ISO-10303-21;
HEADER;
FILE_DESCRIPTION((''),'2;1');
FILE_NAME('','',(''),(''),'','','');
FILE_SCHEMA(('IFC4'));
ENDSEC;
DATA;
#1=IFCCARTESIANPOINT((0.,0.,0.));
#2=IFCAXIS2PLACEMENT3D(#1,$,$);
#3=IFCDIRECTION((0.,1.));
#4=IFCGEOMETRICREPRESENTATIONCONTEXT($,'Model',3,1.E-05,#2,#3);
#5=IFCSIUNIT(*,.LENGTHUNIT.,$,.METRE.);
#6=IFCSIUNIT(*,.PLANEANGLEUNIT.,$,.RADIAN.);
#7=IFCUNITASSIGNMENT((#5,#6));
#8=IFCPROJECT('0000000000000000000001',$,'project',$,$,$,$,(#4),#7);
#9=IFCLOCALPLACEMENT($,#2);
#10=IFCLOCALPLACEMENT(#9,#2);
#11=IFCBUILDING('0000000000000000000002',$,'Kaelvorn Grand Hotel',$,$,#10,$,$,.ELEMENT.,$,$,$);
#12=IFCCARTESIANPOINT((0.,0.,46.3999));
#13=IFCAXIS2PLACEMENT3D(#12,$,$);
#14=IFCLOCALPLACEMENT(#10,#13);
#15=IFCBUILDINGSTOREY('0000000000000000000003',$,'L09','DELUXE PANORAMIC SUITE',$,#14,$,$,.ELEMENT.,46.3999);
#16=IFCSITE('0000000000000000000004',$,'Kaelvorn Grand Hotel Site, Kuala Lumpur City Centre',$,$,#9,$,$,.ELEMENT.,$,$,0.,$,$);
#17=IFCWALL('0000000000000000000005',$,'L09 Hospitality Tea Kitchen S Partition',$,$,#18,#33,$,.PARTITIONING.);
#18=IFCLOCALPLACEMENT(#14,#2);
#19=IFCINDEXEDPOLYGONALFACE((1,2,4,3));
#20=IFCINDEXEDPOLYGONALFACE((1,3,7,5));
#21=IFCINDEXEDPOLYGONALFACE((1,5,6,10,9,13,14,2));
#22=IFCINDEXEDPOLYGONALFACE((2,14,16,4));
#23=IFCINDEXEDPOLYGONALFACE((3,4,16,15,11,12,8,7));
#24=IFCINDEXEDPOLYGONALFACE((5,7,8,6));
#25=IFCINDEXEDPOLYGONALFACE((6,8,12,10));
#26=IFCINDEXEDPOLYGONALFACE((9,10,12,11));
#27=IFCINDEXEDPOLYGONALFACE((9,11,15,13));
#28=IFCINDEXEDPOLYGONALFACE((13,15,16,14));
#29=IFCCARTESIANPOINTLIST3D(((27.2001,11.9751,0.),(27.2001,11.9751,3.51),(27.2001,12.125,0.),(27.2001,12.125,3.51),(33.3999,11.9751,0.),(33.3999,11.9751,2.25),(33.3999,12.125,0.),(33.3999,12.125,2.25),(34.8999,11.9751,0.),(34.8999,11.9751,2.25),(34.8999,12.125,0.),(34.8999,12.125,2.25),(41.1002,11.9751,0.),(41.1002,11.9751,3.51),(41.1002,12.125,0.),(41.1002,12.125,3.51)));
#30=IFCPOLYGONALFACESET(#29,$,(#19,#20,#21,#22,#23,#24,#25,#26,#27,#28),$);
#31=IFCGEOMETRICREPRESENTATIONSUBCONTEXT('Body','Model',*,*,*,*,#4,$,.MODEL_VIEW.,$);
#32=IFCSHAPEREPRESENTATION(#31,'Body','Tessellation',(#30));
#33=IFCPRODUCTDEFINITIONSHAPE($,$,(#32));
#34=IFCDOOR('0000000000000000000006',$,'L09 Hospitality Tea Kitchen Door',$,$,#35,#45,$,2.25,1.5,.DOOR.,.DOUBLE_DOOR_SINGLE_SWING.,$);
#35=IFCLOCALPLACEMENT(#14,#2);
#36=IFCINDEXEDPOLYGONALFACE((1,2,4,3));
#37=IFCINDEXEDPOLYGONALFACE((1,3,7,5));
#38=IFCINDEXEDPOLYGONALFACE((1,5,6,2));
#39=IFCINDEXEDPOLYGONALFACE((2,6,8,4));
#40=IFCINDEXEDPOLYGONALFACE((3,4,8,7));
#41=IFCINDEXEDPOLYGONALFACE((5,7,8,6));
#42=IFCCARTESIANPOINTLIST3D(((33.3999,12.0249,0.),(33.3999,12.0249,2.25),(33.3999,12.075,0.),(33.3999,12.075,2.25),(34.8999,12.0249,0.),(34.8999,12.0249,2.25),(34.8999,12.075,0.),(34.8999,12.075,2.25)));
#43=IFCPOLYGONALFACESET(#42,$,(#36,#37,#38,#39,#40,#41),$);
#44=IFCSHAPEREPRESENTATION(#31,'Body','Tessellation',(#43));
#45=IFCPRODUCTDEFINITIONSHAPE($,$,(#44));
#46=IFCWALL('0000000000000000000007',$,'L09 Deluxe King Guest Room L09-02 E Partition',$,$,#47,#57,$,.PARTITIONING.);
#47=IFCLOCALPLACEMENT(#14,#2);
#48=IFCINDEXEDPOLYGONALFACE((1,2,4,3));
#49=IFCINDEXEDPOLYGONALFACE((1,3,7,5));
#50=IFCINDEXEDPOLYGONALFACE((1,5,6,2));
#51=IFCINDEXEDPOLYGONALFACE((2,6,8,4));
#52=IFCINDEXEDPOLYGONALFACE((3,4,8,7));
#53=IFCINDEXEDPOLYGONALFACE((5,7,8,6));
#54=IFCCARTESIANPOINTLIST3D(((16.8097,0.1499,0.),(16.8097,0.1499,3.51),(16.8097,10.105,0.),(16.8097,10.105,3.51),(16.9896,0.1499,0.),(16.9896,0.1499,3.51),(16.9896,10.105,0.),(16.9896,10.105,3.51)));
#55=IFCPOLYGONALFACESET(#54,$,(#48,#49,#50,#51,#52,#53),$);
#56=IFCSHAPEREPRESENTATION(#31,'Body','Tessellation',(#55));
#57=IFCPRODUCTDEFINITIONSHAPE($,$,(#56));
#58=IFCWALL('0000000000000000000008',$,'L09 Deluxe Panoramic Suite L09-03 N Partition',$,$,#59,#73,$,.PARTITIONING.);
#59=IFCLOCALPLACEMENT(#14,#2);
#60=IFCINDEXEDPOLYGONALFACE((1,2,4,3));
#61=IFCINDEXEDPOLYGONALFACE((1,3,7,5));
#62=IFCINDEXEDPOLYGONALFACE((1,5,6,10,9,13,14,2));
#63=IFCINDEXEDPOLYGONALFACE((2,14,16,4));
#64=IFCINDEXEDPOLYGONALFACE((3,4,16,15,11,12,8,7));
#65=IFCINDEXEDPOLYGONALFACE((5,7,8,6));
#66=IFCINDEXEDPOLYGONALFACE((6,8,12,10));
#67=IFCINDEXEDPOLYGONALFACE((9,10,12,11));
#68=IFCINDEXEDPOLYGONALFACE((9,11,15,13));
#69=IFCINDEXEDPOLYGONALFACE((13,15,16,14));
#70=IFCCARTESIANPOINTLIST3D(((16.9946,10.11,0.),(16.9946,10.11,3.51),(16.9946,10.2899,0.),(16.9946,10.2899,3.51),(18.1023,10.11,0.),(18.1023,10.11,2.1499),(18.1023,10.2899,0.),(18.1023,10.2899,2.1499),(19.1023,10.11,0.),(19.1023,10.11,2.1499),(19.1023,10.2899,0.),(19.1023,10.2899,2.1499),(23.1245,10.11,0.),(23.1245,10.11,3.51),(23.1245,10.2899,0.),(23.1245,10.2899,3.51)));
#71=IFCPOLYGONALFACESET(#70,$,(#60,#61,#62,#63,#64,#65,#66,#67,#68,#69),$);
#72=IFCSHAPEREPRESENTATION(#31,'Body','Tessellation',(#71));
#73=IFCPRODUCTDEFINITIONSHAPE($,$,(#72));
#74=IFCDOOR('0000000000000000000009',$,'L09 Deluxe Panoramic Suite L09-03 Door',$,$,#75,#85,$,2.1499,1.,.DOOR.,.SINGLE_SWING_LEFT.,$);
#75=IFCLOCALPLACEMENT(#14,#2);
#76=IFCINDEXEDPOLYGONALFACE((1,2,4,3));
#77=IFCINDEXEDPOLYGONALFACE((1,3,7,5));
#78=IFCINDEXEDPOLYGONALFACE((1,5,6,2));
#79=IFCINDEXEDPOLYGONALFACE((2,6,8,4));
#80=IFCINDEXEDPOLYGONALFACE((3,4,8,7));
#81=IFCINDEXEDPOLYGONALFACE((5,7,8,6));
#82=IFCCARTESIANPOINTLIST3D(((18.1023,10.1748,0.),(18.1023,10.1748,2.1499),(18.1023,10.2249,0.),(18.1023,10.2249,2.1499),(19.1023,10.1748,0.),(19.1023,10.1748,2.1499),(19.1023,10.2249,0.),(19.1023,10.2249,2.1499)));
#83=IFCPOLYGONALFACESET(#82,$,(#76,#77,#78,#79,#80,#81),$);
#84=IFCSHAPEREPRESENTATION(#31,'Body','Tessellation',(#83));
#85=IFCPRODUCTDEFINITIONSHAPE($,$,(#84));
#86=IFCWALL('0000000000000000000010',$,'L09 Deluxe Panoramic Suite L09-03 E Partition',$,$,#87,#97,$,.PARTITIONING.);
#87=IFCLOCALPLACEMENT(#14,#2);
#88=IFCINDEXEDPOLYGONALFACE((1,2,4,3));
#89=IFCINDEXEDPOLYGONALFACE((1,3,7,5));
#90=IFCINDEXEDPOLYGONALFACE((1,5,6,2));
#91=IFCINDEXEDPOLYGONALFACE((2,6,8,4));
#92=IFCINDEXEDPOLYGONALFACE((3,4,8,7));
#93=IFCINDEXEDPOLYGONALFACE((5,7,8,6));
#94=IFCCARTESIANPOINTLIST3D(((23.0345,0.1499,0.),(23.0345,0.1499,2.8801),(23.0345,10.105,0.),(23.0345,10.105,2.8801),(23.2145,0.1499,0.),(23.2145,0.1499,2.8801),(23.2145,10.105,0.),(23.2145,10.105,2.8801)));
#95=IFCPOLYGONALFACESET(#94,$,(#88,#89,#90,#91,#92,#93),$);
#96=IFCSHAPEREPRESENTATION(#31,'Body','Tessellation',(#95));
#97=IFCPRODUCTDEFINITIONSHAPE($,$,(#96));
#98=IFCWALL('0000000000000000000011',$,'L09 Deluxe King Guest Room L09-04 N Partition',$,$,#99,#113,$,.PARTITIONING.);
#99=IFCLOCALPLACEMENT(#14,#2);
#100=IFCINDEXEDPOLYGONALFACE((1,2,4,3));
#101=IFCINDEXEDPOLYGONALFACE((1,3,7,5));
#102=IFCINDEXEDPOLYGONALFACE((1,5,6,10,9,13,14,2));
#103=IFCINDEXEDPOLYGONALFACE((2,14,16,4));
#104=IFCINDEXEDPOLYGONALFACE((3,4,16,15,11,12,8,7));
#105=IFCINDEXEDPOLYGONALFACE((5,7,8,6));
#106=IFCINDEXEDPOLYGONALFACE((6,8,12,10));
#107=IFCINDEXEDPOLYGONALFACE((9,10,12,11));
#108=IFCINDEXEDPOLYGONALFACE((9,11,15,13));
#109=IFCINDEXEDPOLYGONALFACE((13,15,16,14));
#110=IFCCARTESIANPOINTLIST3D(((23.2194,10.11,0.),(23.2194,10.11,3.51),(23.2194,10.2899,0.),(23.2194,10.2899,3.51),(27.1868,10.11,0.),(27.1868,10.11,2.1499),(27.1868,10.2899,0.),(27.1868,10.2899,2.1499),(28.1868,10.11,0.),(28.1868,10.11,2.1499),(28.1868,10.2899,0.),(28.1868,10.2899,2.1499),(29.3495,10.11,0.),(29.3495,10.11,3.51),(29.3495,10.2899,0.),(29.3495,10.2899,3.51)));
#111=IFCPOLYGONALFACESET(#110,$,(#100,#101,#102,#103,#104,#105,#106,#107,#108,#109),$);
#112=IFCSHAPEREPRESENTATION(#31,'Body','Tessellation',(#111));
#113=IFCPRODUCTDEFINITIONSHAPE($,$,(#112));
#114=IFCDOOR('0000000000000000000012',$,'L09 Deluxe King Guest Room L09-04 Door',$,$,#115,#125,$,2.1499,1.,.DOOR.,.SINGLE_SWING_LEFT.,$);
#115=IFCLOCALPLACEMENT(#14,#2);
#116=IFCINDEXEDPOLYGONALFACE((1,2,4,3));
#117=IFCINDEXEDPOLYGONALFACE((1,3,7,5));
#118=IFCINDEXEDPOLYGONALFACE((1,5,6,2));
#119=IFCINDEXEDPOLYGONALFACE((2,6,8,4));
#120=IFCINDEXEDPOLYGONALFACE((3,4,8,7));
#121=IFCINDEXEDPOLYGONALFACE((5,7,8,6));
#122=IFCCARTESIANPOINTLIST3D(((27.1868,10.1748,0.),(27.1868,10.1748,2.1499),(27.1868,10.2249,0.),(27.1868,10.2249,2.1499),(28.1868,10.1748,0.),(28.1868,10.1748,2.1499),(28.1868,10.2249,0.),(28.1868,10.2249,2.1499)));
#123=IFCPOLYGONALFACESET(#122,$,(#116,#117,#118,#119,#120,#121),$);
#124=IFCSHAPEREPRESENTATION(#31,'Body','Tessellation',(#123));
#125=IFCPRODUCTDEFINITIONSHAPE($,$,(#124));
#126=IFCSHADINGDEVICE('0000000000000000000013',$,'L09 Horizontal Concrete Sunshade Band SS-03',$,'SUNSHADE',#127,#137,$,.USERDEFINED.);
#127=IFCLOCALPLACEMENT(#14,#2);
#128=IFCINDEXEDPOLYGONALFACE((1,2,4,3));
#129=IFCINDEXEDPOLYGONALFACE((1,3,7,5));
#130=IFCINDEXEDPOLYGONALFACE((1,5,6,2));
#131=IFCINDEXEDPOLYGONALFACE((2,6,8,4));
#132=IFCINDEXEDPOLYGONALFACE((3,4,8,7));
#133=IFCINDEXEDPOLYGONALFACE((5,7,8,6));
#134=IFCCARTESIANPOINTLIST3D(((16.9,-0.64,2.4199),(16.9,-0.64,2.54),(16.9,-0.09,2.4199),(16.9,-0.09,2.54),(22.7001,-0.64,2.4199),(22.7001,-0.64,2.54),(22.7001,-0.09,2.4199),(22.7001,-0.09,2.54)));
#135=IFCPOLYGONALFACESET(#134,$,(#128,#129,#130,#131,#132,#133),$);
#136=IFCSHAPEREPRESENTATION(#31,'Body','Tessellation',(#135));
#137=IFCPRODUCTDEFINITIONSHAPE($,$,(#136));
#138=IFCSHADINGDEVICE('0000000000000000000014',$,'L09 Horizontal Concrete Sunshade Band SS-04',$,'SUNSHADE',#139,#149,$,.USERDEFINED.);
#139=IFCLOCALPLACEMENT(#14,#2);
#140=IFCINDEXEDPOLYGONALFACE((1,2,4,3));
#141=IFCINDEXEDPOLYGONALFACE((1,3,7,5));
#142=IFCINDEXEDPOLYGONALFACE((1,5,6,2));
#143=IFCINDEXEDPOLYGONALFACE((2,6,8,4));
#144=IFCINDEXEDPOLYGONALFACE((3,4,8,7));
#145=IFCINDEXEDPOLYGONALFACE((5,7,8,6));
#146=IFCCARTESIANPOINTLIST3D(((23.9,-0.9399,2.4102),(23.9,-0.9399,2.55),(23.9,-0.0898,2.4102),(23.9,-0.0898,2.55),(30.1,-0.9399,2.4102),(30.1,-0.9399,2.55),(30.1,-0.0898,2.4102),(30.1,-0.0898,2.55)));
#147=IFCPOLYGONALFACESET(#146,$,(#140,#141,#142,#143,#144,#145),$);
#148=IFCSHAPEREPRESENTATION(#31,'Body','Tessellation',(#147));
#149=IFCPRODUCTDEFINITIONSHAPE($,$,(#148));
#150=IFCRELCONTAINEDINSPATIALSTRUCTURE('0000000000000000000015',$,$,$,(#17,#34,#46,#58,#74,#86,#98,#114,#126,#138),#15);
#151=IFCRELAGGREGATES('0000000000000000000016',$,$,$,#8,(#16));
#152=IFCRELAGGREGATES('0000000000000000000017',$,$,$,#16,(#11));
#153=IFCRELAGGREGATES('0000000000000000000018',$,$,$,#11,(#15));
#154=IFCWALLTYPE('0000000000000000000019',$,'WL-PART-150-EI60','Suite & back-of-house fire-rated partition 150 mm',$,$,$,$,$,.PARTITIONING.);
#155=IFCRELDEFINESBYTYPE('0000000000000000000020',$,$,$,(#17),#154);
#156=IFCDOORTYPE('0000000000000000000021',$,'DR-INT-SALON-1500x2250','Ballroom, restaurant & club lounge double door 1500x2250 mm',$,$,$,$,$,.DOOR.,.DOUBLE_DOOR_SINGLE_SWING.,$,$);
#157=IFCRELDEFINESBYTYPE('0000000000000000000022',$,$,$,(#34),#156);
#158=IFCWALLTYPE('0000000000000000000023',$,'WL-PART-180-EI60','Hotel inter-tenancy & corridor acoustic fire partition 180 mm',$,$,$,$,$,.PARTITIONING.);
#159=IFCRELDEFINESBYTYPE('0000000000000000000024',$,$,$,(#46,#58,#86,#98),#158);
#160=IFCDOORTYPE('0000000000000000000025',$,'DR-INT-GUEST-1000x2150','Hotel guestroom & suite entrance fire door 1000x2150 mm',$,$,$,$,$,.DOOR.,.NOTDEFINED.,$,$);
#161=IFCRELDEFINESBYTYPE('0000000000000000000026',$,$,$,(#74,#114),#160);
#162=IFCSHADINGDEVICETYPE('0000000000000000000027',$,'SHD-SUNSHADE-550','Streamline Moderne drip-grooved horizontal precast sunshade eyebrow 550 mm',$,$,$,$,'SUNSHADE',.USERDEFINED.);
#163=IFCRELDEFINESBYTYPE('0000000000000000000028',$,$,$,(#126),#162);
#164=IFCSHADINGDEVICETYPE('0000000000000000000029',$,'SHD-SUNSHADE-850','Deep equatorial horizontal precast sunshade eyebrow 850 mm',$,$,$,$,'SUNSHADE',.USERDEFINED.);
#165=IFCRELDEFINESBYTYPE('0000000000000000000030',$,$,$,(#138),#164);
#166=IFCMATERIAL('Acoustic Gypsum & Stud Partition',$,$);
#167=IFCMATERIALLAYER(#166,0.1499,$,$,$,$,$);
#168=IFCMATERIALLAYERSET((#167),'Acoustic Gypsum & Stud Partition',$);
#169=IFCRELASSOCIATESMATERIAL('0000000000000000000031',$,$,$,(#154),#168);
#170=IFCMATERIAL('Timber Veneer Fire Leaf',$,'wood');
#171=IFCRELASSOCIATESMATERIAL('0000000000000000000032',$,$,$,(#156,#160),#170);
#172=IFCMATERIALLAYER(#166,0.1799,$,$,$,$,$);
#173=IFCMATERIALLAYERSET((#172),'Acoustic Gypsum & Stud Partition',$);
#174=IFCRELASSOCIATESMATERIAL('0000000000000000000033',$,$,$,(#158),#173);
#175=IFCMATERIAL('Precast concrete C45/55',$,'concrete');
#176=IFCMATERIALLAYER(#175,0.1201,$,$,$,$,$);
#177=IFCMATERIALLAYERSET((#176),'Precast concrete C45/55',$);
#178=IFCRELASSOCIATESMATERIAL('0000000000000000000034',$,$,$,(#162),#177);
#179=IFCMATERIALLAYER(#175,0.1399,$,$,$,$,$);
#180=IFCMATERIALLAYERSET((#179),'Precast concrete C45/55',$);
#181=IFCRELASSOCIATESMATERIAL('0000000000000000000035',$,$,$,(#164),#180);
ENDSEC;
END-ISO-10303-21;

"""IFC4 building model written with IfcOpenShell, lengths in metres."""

from ifc_helpers import new_model, si_unit, direction, frame, frame_2d, origin, origin_2d, place, context, subcontext, project, spatial, rectangle, extrude, material, layer, layer_set, type_object, element, fill, save


model = new_model("IFC4")

# Units and contexts
model_context = context("Model", 3, precision=1e-05, world=origin(), true_north=direction((0.0, 1.0)))
body_context = subcontext(model_context, "Body", "Model", "MODEL_VIEW")
ifc_project = project(units=[si_unit("LENGTHUNIT", "METRE"), si_unit("PLANEANGLEUNIT", "RADIAN")], contexts=[model_context])

# Site, building, storey
site_placement = place(None, origin())
site = spatial("IfcSite", under=ifc_project, at=site_placement, Name="Kaelvorn Grand Hotel Site, Kuala Lumpur City Centre", CompositionType="ELEMENT", RefElevation=0.0)
building_placement = place(site_placement, origin())
building = spatial("IfcBuilding", under=site, at=building_placement, Name="Kaelvorn Grand Hotel", CompositionType="ELEMENT")
storey_placement = place(building_placement, frame((0.0, 0.0, 46.3999)))
storey = spatial("IfcBuildingStorey", under=building, at=storey_placement, Name="L09", Description="DELUXE PANORAMIC SUITE", CompositionType="ELEMENT", Elevation=46.3999)

# Shared definitions
ifc_material_1 = material(Name="Acoustic Gypsum & Stud Partition")
ifc_layer_1 = layer(ifc_material_1, 0.1499)
ifc_layer_set_1 = layer_set([ifc_layer_1], Name="Acoustic Gypsum & Stud Partition")
wall_type_1 = type_object("IfcWallType", Name="WL-PART-150-EI60", Description="Suite & back-of-house fire-rated partition 150 mm", PredefinedType="PARTITIONING", material=ifc_layer_set_1)

# Wall, opening, door
wall_1_placement = place(storey_placement, frame((27.2, 12.05, 0.0), z_axis=(0.0, 0.0, 1.0), x_axis=(1.0, 0.0, 0.0)))
wall_1 = element("IfcWall", 1, at=wall_1_placement, inside=storey, type_object=wall_type_1, Name="L09 Hospitality Tea Kitchen S Partition", PredefinedType="PARTITIONING", context=body_context, shape_type="SweptSolid", body=[
    extrude(rectangle(XDim=13.9001, YDim=0.1499, at=frame_2d((6.9502, 0.0))), origin(), (0.0, 0.0, 1.0), 3.51),
])
opening_1_placement = place(wall_1_placement, frame((6.2, 0.0, 0.0)))
opening_1 = element("IfcOpeningElement", 2, at=opening_1_placement, cuts=wall_1, PredefinedType="OPENING", context=body_context, shape_type="SweptSolid", body=[
    extrude(rectangle(XDim=1.5, YDim=2.25, at=frame_2d((0.75, 1.125))), frame((0.0, 0.085, 0.0), z_axis=(0.0, -1.0, 0.0), x_axis=(1.0, 0.0, 0.0)), (0.0, 0.0, 1.0), 0.1699),
])
ifc_material_2 = material(Name="Timber Veneer Fire Leaf", Category="wood")
door_type_1 = type_object("IfcDoorType", Name="DR-INT-SALON-1500x2250", Description="Ballroom, restaurant & club lounge double door 1500x2250 mm", OperationType="DOUBLE_DOOR_SINGLE_SWING", PredefinedType="DOOR", material=ifc_material_2)
door_1_placement = place(opening_1_placement, origin())
door_1 = element("IfcDoor", 3, at=door_1_placement, inside=storey, type_object=door_type_1, Name="L09 Hospitality Tea Kitchen Door", OperationType="DOUBLE_DOOR_SINGLE_SWING", OverallHeight=2.25, OverallWidth=1.5, PredefinedType="DOOR", context=body_context, shape_type="SweptSolid", body=[
    extrude(rectangle(XDim=1.5, YDim=2.25, at=frame_2d((0.75, 1.125))), frame((0.0, 0.0249, 0.0), z_axis=(0.0, -1.0, 0.0), x_axis=(1.0, 0.0, 0.0)), (0.0, 0.0, 1.0), 0.05),
])
fill(opening_1, door_1)

# Wall
ifc_layer_2 = layer(ifc_material_1, 0.1799)
ifc_layer_set_2 = layer_set([ifc_layer_2], Name="Acoustic Gypsum & Stud Partition")
wall_type_2 = type_object("IfcWallType", Name="WL-PART-180-EI60", Description="Hotel inter-tenancy & corridor acoustic fire partition 180 mm", PredefinedType="PARTITIONING", material=ifc_layer_set_2)
wall_2_placement = place(storey_placement, frame((16.8997, 0.1499, 0.0), z_axis=(0.0, 0.0, 1.0), x_axis=(0.0, 1.0, 0.0)))
element("IfcWall", 4, at=wall_2_placement, inside=storey, type_object=wall_type_2, Name="L09 Deluxe King Guest Room L09-02 E Partition", PredefinedType="PARTITIONING", context=body_context, shape_type="SweptSolid", body=[
    extrude(rectangle(XDim=9.9551, YDim=0.1799, at=frame_2d((4.9775, 0.0))), origin(), (0.0, 0.0, 1.0), 3.51),
])

# Wall, opening, door
wall_3_placement = place(storey_placement, frame((16.9946, 10.2, 0.0), z_axis=(0.0, 0.0, 1.0), x_axis=(1.0, 0.0, 0.0)))
wall_3 = element("IfcWall", 5, at=wall_3_placement, inside=storey, type_object=wall_type_2, Name="L09 Deluxe Panoramic Suite L09-03 N Partition", PredefinedType="PARTITIONING", context=body_context, shape_type="SweptSolid", body=[
    extrude(rectangle(XDim=6.1299, YDim=0.1799, at=frame_2d((3.0649, 0.0))), origin(), (0.0, 0.0, 1.0), 3.51),
])
opening_2_placement = place(wall_3_placement, frame((1.1077, 0.0, 0.0)))
opening_2 = element("IfcOpeningElement", 6, at=opening_2_placement, cuts=wall_3, PredefinedType="OPENING", context=body_context, shape_type="SweptSolid", body=[
    extrude(rectangle(XDim=1.0, YDim=2.1499, at=frame_2d((0.5, 1.075))), frame((0.0, 0.1001, 0.0), z_axis=(0.0, -1.0, 0.0), x_axis=(1.0, 0.0, 0.0)), (0.0, 0.0, 1.0), 0.2),
])
door_type_2 = type_object("IfcDoorType", Name="DR-INT-GUEST-1000x2150", Description="Hotel guestroom & suite entrance fire door 1000x2150 mm", OperationType="NOTDEFINED", PredefinedType="DOOR", material=ifc_material_2)
door_2_placement = place(opening_2_placement, origin())
door_2 = element("IfcDoor", 7, at=door_2_placement, inside=storey, type_object=door_type_2, Name="L09 Deluxe Panoramic Suite L09-03 Door", OperationType="SINGLE_SWING_LEFT", OverallHeight=2.1499, OverallWidth=1.0, PredefinedType="DOOR", context=body_context, shape_type="SweptSolid", body=[
    extrude(rectangle(XDim=1.0, YDim=2.1499, at=frame_2d((0.5, 1.075))), frame((0.0, 0.0249, 0.0), z_axis=(0.0, -1.0, 0.0), x_axis=(1.0, 0.0, 0.0)), (0.0, 0.0, 1.0), 0.05),
])
fill(opening_2, door_2)

# Wall
wall_4_placement = place(storey_placement, frame((23.1245, 0.1499, 0.0), z_axis=(0.0, 0.0, 1.0), x_axis=(0.0, 1.0, 0.0)))
element("IfcWall", 8, at=wall_4_placement, inside=storey, type_object=wall_type_2, Name="L09 Deluxe Panoramic Suite L09-03 E Partition", PredefinedType="PARTITIONING", context=body_context, shape_type="SweptSolid", body=[
    extrude(rectangle(XDim=9.9551, YDim=0.1799, at=frame_2d((4.9775, 0.0))), origin(), (0.0, 0.0, 1.0), 2.8801),
])

# Wall, opening, door
wall_5_placement = place(storey_placement, frame((23.2195, 10.2, 0.0), z_axis=(0.0, 0.0, 1.0), x_axis=(1.0, 0.0, 0.0)))
wall_5 = element("IfcWall", 9, at=wall_5_placement, inside=storey, type_object=wall_type_2, Name="L09 Deluxe King Guest Room L09-04 N Partition", PredefinedType="PARTITIONING", context=body_context, shape_type="SweptSolid", body=[
    extrude(rectangle(XDim=6.1301, YDim=0.1799, at=frame_2d((3.0649, 0.0))), origin(), (0.0, 0.0, 1.0), 3.51),
])
opening_3_placement = place(wall_5_placement, frame((3.9673, 0.0, 0.0)))
opening_3 = element("IfcOpeningElement", 10, at=opening_3_placement, cuts=wall_5, PredefinedType="OPENING", context=body_context, shape_type="SweptSolid", body=[
    extrude(rectangle(XDim=1.0, YDim=2.1499, at=frame_2d((0.5, 1.075))), frame((0.0, 0.1001, 0.0), z_axis=(0.0, -1.0, 0.0), x_axis=(1.0, 0.0, 0.0)), (0.0, 0.0, 1.0), 0.2),
])
door_3_placement = place(opening_3_placement, origin())
door_3 = element("IfcDoor", 11, at=door_3_placement, inside=storey, type_object=door_type_2, Name="L09 Deluxe King Guest Room L09-04 Door", OperationType="SINGLE_SWING_LEFT", OverallHeight=2.1499, OverallWidth=1.0, PredefinedType="DOOR", context=body_context, shape_type="SweptSolid", body=[
    extrude(rectangle(XDim=1.0, YDim=2.1499, at=frame_2d((0.5, 1.075))), frame((0.0, 0.0249, 0.0), z_axis=(0.0, -1.0, 0.0), x_axis=(1.0, 0.0, 0.0)), (0.0, 0.0, 1.0), 0.05),
])
fill(opening_3, door_3)

# Shading devices
ifc_material_3 = material(Name="Precast concrete C45/55", Category="concrete")
ifc_layer_3 = layer(ifc_material_3, 0.1201)
ifc_layer_set_3 = layer_set([ifc_layer_3], Name="Precast concrete C45/55")
shading_device_type_1 = type_object("IfcShadingDeviceType", Name="SHD-SUNSHADE-550", Description="Streamline Moderne drip-grooved horizontal precast sunshade eyebrow 550 mm", ElementType="SUNSHADE", PredefinedType="USERDEFINED", material=ifc_layer_set_3)
shading_device_1_placement = place(storey_placement, frame((19.8, -0.365, 2.4199), z_axis=(0.0, 0.0, 1.0), x_axis=(1.0, 0.0, 0.0)))
element("IfcShadingDevice", 12, at=shading_device_1_placement, inside=storey, type_object=shading_device_type_1, Name="L09 Horizontal Concrete Sunshade Band SS-03", ObjectType="SUNSHADE", PredefinedType="USERDEFINED", context=body_context, shape_type="SweptSolid", body=[
    extrude(rectangle(XDim=5.8, YDim=0.55, at=origin_2d()), origin(), (0.0, 0.0, 1.0), 0.1201),
])
ifc_layer_4 = layer(ifc_material_3, 0.1399)
ifc_layer_set_4 = layer_set([ifc_layer_4], Name="Precast concrete C45/55")
shading_device_type_2 = type_object("IfcShadingDeviceType", Name="SHD-SUNSHADE-850", Description="Deep equatorial horizontal precast sunshade eyebrow 850 mm", ElementType="SUNSHADE", PredefinedType="USERDEFINED", material=ifc_layer_set_4)
shading_device_2_placement = place(storey_placement, frame((27.0, -0.5149, 2.4102), z_axis=(0.0, 0.0, 1.0), x_axis=(1.0, 0.0, 0.0)))
element("IfcShadingDevice", 13, at=shading_device_2_placement, inside=storey, type_object=shading_device_type_2, Name="L09 Horizontal Concrete Sunshade Band SS-04", ObjectType="SUNSHADE", PredefinedType="USERDEFINED", context=body_context, shape_type="SweptSolid", body=[
    extrude(rectangle(XDim=6.2, YDim=0.8501, at=origin_2d()), origin(), (0.0, 0.0, 1.0), 0.1399),
])

save(model, "model.ifc")
